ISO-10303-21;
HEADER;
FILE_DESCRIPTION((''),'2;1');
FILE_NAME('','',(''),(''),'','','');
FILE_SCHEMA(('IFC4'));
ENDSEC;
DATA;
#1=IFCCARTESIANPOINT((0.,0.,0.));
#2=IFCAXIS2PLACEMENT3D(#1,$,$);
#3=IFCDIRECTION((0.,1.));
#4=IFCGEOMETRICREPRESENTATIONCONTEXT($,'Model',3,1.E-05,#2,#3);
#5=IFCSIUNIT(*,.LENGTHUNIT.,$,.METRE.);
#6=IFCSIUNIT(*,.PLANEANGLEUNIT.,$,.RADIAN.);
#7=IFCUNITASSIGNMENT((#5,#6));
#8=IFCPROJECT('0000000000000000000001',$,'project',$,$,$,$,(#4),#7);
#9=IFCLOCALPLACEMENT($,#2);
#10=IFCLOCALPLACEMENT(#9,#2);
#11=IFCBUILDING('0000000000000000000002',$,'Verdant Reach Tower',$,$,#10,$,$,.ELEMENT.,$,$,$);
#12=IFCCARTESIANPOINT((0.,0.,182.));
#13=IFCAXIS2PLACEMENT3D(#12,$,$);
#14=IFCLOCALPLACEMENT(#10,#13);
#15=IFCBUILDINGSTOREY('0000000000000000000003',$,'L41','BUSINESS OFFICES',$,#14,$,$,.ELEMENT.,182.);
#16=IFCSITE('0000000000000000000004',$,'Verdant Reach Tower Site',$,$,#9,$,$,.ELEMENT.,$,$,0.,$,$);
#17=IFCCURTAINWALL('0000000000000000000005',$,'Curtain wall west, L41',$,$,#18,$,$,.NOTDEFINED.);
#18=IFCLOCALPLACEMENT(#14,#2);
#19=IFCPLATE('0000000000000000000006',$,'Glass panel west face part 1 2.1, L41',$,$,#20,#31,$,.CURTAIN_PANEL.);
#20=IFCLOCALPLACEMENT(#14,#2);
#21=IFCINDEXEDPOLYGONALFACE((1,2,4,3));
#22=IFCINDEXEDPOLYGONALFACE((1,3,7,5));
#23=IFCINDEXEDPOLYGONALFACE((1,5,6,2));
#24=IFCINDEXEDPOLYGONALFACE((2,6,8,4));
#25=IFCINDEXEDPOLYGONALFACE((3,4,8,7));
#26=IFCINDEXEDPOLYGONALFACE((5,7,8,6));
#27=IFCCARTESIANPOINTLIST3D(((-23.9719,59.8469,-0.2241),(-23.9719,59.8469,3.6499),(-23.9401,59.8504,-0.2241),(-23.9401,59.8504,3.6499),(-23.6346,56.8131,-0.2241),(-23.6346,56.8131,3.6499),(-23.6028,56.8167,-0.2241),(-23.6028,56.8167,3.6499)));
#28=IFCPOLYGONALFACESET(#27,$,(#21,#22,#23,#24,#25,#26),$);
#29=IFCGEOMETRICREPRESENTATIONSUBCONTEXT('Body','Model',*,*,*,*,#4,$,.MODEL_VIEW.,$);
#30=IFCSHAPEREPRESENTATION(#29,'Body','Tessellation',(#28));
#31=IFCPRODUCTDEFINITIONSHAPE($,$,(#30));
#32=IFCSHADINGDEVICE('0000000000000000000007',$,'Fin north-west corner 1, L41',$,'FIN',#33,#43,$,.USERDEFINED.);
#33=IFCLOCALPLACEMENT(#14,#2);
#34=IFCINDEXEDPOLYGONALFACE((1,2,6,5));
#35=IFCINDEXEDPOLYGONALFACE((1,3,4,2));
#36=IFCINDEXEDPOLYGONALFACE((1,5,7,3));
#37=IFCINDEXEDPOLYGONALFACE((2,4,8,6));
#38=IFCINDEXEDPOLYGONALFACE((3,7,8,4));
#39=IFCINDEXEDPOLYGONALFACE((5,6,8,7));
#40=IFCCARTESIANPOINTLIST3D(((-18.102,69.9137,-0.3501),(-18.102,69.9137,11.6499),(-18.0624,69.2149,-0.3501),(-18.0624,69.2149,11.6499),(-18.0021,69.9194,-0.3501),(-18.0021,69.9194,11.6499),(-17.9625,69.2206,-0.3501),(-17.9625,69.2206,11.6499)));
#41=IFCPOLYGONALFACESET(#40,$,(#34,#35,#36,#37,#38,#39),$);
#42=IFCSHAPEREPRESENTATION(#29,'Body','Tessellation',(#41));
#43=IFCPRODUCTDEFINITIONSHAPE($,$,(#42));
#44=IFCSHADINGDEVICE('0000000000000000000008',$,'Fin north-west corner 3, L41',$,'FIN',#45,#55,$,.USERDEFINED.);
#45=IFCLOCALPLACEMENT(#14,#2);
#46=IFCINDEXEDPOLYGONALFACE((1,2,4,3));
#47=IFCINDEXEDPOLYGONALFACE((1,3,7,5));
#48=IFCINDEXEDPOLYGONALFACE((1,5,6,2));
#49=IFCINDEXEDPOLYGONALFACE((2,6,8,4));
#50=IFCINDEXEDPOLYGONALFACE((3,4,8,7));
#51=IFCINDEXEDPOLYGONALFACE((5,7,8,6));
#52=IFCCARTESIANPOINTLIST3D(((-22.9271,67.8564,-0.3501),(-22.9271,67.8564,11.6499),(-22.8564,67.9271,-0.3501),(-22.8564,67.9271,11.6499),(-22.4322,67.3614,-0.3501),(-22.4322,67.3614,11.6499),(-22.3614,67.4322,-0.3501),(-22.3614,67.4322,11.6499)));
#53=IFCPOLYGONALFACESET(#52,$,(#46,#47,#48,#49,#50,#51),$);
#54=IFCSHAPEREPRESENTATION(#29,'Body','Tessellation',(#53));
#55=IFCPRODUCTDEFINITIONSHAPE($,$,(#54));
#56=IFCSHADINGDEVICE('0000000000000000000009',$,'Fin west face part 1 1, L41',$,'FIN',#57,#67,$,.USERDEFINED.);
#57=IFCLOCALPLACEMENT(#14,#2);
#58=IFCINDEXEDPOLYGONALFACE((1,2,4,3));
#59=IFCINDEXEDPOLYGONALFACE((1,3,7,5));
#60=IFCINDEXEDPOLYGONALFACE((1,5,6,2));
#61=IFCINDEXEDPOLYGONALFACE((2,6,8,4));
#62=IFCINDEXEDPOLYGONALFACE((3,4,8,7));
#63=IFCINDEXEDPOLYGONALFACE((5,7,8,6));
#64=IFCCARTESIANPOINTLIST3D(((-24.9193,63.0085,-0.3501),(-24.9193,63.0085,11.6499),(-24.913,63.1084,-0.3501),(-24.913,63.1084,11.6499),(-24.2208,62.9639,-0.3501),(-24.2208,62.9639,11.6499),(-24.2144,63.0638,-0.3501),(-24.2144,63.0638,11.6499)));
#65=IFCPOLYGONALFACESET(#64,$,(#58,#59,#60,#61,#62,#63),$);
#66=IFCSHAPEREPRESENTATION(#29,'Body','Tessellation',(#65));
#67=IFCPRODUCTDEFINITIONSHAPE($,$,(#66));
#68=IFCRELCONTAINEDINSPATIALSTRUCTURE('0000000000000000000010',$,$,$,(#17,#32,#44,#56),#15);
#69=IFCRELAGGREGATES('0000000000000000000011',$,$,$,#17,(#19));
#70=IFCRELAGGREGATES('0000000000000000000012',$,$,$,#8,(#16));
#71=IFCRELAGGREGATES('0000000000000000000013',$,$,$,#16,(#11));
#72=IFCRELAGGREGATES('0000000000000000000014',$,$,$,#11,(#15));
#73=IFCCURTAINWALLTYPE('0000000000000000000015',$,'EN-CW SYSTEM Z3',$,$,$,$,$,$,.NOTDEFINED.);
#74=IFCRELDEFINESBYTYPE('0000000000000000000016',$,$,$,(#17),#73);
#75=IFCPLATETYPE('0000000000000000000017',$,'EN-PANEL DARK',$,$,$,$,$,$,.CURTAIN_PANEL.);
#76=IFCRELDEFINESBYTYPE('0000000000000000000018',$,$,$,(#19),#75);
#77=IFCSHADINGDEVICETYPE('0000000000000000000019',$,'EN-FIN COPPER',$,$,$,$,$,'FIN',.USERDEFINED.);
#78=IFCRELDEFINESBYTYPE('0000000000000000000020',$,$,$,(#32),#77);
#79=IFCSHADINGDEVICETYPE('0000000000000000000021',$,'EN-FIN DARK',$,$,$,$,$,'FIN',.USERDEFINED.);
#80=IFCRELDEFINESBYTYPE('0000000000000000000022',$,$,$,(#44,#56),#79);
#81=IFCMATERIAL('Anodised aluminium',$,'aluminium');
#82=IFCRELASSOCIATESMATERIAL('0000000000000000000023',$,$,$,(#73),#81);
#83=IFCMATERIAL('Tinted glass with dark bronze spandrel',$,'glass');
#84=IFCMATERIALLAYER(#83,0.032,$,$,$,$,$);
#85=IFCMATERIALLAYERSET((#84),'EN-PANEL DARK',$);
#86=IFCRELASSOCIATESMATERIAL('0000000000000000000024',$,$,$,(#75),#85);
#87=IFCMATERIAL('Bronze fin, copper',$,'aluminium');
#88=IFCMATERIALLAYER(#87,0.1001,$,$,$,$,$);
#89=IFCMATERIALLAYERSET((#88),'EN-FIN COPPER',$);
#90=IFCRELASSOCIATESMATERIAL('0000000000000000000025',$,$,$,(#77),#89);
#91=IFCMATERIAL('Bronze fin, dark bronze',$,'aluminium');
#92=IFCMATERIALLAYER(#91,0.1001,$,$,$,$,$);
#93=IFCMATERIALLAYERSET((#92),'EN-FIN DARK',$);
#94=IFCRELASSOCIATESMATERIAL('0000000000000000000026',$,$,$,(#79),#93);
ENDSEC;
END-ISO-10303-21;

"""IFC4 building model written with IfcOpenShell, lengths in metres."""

from ifc_helpers import new_model, si_unit, direction, frame, origin, origin_2d, place, context, subcontext, project, spatial, rectangle, extrude, material, layer, layer_set, type_object, element, aggregate, save


model = new_model("IFC4")

# Units and contexts
model_context = context("Model", 3, precision=1e-05, world=origin(), true_north=direction((0.0, 1.0)))
body_context = subcontext(model_context, "Body", "Model", "MODEL_VIEW")
ifc_project = project(units=[si_unit("LENGTHUNIT", "METRE"), si_unit("PLANEANGLEUNIT", "RADIAN")], contexts=[model_context])

# Site, building, storey
site_placement = place(None, origin())
site = spatial("IfcSite", under=ifc_project, at=site_placement, Name="Verdant Reach Tower Site", CompositionType="ELEMENT", RefElevation=0.0)
building_placement = place(site_placement, origin())
building = spatial("IfcBuilding", under=site, at=building_placement, Name="Verdant Reach Tower", CompositionType="ELEMENT")
storey_placement = place(building_placement, frame((0.0, 0.0, 182.0)))
storey = spatial("IfcBuildingStorey", under=building, at=storey_placement, Name="L41", Description="BUSINESS OFFICES", CompositionType="ELEMENT", Elevation=182.0)

# Curtain wall
ifc_material_1 = material(Name="Anodised aluminium", Category="aluminium")
curtain_wall_type = type_object("IfcCurtainWallType", Name="EN-CW SYSTEM Z3", PredefinedType="NOTDEFINED", material=ifc_material_1)
curtain_wall_1_placement = place(storey_placement, origin())
curtain_wall_1 = element("IfcCurtainWall", 1, at=curtain_wall_1_placement, inside=storey, type_object=curtain_wall_type, Name="Curtain wall west, L41", PredefinedType="NOTDEFINED")

# Shared definitions
ifc_material_2 = material(Name="Tinted glass with dark bronze spandrel", Category="glass")
ifc_layer_1 = layer(ifc_material_2, 0.032)
ifc_layer_set_1 = layer_set([ifc_layer_1], Name="EN-PANEL DARK")
plate_type_1 = type_object("IfcPlateType", Name="EN-PANEL DARK", PredefinedType="CURTAIN_PANEL", material=ifc_layer_set_1)

# Plate
plate_1_placement = place(storey_placement, frame((-23.7874, 58.3318, -0.2241), z_axis=(0.0, 0.0, 1.0), x_axis=(0.110518, -0.993874, 0.0)))
plate_1 = element("IfcPlate", 2, at=plate_1_placement, type_object=plate_type_1, Name="Glass panel west face part 1 2.1, L41", PredefinedType="CURTAIN_PANEL", context=body_context, shape_type="SweptSolid", body=[
    extrude(rectangle(XDim=3.0525, YDim=0.032, at=origin_2d()), origin(), (0.0, 0.0, 1.0), 3.874),
])
aggregate(curtain_wall_1, [plate_1])

# Shading devices
ifc_material_3 = material(Name="Bronze fin, copper", Category="aluminium")
ifc_layer_2 = layer(ifc_material_3, 0.1001)
ifc_layer_set_2 = layer_set([ifc_layer_2], Name="EN-FIN COPPER")
shading_device_type_1 = type_object("IfcShadingDeviceType", Name="EN-FIN COPPER", ElementType="FIN", PredefinedType="USERDEFINED", material=ifc_layer_set_2)
shading_device_placement = place(storey_placement, frame((-18.0322, 69.5671, -0.3501), z_axis=(0.0, 0.0, 1.0), x_axis=(-0.998399, -0.056569, 0.0)))
element("IfcShadingDevice", 3, at=shading_device_placement, inside=storey, type_object=shading_device_type_1, Name="Fin north-west corner 1, L41", ObjectType="FIN", PredefinedType="USERDEFINED", context=body_context, shape_type="SweptSolid", body=[
    extrude(rectangle(XDim=0.1001, YDim=0.7, at=origin_2d()), origin(), (0.0, 0.0, 1.0), 12.0),
])
ifc_material_4 = material(Name="Bronze fin, dark bronze", Category="aluminium")
ifc_layer_3 = layer(ifc_material_4, 0.1001)
ifc_layer_set_3 = layer_set([ifc_layer_3], Name="EN-FIN DARK")
shading_device_type_2 = type_object("IfcShadingDeviceType", Name="EN-FIN DARK", ElementType="FIN", PredefinedType="USERDEFINED", material=ifc_layer_set_3)
for number, where, z_axis, x_axis, name in (
    (4, (-22.6443, 67.6443, -0.3501), (0.0, 0.0, 1.0), (-0.707107, -0.707107, 0.0), "Fin north-west corner 3, L41"),
    (5, (-24.5669, 63.0361, -0.3501), (0.0, 0.0, 1.0), (-0.063699, -0.997969, 0.0), "Fin west face part 1 1, L41"),
):
    element("IfcShadingDevice", number, at=place(storey_placement, frame(where, z_axis=z_axis, x_axis=x_axis)), inside=storey, type_object=shading_device_type_2, Name=name, ObjectType="FIN", PredefinedType="USERDEFINED", context=body_context, shape_type="SweptSolid", body=[
        extrude(rectangle(XDim=0.1001, YDim=0.7, at=origin_2d()), origin(), (0.0, 0.0, 1.0), 12.0),
    ])

save(model, "model.ifc")
